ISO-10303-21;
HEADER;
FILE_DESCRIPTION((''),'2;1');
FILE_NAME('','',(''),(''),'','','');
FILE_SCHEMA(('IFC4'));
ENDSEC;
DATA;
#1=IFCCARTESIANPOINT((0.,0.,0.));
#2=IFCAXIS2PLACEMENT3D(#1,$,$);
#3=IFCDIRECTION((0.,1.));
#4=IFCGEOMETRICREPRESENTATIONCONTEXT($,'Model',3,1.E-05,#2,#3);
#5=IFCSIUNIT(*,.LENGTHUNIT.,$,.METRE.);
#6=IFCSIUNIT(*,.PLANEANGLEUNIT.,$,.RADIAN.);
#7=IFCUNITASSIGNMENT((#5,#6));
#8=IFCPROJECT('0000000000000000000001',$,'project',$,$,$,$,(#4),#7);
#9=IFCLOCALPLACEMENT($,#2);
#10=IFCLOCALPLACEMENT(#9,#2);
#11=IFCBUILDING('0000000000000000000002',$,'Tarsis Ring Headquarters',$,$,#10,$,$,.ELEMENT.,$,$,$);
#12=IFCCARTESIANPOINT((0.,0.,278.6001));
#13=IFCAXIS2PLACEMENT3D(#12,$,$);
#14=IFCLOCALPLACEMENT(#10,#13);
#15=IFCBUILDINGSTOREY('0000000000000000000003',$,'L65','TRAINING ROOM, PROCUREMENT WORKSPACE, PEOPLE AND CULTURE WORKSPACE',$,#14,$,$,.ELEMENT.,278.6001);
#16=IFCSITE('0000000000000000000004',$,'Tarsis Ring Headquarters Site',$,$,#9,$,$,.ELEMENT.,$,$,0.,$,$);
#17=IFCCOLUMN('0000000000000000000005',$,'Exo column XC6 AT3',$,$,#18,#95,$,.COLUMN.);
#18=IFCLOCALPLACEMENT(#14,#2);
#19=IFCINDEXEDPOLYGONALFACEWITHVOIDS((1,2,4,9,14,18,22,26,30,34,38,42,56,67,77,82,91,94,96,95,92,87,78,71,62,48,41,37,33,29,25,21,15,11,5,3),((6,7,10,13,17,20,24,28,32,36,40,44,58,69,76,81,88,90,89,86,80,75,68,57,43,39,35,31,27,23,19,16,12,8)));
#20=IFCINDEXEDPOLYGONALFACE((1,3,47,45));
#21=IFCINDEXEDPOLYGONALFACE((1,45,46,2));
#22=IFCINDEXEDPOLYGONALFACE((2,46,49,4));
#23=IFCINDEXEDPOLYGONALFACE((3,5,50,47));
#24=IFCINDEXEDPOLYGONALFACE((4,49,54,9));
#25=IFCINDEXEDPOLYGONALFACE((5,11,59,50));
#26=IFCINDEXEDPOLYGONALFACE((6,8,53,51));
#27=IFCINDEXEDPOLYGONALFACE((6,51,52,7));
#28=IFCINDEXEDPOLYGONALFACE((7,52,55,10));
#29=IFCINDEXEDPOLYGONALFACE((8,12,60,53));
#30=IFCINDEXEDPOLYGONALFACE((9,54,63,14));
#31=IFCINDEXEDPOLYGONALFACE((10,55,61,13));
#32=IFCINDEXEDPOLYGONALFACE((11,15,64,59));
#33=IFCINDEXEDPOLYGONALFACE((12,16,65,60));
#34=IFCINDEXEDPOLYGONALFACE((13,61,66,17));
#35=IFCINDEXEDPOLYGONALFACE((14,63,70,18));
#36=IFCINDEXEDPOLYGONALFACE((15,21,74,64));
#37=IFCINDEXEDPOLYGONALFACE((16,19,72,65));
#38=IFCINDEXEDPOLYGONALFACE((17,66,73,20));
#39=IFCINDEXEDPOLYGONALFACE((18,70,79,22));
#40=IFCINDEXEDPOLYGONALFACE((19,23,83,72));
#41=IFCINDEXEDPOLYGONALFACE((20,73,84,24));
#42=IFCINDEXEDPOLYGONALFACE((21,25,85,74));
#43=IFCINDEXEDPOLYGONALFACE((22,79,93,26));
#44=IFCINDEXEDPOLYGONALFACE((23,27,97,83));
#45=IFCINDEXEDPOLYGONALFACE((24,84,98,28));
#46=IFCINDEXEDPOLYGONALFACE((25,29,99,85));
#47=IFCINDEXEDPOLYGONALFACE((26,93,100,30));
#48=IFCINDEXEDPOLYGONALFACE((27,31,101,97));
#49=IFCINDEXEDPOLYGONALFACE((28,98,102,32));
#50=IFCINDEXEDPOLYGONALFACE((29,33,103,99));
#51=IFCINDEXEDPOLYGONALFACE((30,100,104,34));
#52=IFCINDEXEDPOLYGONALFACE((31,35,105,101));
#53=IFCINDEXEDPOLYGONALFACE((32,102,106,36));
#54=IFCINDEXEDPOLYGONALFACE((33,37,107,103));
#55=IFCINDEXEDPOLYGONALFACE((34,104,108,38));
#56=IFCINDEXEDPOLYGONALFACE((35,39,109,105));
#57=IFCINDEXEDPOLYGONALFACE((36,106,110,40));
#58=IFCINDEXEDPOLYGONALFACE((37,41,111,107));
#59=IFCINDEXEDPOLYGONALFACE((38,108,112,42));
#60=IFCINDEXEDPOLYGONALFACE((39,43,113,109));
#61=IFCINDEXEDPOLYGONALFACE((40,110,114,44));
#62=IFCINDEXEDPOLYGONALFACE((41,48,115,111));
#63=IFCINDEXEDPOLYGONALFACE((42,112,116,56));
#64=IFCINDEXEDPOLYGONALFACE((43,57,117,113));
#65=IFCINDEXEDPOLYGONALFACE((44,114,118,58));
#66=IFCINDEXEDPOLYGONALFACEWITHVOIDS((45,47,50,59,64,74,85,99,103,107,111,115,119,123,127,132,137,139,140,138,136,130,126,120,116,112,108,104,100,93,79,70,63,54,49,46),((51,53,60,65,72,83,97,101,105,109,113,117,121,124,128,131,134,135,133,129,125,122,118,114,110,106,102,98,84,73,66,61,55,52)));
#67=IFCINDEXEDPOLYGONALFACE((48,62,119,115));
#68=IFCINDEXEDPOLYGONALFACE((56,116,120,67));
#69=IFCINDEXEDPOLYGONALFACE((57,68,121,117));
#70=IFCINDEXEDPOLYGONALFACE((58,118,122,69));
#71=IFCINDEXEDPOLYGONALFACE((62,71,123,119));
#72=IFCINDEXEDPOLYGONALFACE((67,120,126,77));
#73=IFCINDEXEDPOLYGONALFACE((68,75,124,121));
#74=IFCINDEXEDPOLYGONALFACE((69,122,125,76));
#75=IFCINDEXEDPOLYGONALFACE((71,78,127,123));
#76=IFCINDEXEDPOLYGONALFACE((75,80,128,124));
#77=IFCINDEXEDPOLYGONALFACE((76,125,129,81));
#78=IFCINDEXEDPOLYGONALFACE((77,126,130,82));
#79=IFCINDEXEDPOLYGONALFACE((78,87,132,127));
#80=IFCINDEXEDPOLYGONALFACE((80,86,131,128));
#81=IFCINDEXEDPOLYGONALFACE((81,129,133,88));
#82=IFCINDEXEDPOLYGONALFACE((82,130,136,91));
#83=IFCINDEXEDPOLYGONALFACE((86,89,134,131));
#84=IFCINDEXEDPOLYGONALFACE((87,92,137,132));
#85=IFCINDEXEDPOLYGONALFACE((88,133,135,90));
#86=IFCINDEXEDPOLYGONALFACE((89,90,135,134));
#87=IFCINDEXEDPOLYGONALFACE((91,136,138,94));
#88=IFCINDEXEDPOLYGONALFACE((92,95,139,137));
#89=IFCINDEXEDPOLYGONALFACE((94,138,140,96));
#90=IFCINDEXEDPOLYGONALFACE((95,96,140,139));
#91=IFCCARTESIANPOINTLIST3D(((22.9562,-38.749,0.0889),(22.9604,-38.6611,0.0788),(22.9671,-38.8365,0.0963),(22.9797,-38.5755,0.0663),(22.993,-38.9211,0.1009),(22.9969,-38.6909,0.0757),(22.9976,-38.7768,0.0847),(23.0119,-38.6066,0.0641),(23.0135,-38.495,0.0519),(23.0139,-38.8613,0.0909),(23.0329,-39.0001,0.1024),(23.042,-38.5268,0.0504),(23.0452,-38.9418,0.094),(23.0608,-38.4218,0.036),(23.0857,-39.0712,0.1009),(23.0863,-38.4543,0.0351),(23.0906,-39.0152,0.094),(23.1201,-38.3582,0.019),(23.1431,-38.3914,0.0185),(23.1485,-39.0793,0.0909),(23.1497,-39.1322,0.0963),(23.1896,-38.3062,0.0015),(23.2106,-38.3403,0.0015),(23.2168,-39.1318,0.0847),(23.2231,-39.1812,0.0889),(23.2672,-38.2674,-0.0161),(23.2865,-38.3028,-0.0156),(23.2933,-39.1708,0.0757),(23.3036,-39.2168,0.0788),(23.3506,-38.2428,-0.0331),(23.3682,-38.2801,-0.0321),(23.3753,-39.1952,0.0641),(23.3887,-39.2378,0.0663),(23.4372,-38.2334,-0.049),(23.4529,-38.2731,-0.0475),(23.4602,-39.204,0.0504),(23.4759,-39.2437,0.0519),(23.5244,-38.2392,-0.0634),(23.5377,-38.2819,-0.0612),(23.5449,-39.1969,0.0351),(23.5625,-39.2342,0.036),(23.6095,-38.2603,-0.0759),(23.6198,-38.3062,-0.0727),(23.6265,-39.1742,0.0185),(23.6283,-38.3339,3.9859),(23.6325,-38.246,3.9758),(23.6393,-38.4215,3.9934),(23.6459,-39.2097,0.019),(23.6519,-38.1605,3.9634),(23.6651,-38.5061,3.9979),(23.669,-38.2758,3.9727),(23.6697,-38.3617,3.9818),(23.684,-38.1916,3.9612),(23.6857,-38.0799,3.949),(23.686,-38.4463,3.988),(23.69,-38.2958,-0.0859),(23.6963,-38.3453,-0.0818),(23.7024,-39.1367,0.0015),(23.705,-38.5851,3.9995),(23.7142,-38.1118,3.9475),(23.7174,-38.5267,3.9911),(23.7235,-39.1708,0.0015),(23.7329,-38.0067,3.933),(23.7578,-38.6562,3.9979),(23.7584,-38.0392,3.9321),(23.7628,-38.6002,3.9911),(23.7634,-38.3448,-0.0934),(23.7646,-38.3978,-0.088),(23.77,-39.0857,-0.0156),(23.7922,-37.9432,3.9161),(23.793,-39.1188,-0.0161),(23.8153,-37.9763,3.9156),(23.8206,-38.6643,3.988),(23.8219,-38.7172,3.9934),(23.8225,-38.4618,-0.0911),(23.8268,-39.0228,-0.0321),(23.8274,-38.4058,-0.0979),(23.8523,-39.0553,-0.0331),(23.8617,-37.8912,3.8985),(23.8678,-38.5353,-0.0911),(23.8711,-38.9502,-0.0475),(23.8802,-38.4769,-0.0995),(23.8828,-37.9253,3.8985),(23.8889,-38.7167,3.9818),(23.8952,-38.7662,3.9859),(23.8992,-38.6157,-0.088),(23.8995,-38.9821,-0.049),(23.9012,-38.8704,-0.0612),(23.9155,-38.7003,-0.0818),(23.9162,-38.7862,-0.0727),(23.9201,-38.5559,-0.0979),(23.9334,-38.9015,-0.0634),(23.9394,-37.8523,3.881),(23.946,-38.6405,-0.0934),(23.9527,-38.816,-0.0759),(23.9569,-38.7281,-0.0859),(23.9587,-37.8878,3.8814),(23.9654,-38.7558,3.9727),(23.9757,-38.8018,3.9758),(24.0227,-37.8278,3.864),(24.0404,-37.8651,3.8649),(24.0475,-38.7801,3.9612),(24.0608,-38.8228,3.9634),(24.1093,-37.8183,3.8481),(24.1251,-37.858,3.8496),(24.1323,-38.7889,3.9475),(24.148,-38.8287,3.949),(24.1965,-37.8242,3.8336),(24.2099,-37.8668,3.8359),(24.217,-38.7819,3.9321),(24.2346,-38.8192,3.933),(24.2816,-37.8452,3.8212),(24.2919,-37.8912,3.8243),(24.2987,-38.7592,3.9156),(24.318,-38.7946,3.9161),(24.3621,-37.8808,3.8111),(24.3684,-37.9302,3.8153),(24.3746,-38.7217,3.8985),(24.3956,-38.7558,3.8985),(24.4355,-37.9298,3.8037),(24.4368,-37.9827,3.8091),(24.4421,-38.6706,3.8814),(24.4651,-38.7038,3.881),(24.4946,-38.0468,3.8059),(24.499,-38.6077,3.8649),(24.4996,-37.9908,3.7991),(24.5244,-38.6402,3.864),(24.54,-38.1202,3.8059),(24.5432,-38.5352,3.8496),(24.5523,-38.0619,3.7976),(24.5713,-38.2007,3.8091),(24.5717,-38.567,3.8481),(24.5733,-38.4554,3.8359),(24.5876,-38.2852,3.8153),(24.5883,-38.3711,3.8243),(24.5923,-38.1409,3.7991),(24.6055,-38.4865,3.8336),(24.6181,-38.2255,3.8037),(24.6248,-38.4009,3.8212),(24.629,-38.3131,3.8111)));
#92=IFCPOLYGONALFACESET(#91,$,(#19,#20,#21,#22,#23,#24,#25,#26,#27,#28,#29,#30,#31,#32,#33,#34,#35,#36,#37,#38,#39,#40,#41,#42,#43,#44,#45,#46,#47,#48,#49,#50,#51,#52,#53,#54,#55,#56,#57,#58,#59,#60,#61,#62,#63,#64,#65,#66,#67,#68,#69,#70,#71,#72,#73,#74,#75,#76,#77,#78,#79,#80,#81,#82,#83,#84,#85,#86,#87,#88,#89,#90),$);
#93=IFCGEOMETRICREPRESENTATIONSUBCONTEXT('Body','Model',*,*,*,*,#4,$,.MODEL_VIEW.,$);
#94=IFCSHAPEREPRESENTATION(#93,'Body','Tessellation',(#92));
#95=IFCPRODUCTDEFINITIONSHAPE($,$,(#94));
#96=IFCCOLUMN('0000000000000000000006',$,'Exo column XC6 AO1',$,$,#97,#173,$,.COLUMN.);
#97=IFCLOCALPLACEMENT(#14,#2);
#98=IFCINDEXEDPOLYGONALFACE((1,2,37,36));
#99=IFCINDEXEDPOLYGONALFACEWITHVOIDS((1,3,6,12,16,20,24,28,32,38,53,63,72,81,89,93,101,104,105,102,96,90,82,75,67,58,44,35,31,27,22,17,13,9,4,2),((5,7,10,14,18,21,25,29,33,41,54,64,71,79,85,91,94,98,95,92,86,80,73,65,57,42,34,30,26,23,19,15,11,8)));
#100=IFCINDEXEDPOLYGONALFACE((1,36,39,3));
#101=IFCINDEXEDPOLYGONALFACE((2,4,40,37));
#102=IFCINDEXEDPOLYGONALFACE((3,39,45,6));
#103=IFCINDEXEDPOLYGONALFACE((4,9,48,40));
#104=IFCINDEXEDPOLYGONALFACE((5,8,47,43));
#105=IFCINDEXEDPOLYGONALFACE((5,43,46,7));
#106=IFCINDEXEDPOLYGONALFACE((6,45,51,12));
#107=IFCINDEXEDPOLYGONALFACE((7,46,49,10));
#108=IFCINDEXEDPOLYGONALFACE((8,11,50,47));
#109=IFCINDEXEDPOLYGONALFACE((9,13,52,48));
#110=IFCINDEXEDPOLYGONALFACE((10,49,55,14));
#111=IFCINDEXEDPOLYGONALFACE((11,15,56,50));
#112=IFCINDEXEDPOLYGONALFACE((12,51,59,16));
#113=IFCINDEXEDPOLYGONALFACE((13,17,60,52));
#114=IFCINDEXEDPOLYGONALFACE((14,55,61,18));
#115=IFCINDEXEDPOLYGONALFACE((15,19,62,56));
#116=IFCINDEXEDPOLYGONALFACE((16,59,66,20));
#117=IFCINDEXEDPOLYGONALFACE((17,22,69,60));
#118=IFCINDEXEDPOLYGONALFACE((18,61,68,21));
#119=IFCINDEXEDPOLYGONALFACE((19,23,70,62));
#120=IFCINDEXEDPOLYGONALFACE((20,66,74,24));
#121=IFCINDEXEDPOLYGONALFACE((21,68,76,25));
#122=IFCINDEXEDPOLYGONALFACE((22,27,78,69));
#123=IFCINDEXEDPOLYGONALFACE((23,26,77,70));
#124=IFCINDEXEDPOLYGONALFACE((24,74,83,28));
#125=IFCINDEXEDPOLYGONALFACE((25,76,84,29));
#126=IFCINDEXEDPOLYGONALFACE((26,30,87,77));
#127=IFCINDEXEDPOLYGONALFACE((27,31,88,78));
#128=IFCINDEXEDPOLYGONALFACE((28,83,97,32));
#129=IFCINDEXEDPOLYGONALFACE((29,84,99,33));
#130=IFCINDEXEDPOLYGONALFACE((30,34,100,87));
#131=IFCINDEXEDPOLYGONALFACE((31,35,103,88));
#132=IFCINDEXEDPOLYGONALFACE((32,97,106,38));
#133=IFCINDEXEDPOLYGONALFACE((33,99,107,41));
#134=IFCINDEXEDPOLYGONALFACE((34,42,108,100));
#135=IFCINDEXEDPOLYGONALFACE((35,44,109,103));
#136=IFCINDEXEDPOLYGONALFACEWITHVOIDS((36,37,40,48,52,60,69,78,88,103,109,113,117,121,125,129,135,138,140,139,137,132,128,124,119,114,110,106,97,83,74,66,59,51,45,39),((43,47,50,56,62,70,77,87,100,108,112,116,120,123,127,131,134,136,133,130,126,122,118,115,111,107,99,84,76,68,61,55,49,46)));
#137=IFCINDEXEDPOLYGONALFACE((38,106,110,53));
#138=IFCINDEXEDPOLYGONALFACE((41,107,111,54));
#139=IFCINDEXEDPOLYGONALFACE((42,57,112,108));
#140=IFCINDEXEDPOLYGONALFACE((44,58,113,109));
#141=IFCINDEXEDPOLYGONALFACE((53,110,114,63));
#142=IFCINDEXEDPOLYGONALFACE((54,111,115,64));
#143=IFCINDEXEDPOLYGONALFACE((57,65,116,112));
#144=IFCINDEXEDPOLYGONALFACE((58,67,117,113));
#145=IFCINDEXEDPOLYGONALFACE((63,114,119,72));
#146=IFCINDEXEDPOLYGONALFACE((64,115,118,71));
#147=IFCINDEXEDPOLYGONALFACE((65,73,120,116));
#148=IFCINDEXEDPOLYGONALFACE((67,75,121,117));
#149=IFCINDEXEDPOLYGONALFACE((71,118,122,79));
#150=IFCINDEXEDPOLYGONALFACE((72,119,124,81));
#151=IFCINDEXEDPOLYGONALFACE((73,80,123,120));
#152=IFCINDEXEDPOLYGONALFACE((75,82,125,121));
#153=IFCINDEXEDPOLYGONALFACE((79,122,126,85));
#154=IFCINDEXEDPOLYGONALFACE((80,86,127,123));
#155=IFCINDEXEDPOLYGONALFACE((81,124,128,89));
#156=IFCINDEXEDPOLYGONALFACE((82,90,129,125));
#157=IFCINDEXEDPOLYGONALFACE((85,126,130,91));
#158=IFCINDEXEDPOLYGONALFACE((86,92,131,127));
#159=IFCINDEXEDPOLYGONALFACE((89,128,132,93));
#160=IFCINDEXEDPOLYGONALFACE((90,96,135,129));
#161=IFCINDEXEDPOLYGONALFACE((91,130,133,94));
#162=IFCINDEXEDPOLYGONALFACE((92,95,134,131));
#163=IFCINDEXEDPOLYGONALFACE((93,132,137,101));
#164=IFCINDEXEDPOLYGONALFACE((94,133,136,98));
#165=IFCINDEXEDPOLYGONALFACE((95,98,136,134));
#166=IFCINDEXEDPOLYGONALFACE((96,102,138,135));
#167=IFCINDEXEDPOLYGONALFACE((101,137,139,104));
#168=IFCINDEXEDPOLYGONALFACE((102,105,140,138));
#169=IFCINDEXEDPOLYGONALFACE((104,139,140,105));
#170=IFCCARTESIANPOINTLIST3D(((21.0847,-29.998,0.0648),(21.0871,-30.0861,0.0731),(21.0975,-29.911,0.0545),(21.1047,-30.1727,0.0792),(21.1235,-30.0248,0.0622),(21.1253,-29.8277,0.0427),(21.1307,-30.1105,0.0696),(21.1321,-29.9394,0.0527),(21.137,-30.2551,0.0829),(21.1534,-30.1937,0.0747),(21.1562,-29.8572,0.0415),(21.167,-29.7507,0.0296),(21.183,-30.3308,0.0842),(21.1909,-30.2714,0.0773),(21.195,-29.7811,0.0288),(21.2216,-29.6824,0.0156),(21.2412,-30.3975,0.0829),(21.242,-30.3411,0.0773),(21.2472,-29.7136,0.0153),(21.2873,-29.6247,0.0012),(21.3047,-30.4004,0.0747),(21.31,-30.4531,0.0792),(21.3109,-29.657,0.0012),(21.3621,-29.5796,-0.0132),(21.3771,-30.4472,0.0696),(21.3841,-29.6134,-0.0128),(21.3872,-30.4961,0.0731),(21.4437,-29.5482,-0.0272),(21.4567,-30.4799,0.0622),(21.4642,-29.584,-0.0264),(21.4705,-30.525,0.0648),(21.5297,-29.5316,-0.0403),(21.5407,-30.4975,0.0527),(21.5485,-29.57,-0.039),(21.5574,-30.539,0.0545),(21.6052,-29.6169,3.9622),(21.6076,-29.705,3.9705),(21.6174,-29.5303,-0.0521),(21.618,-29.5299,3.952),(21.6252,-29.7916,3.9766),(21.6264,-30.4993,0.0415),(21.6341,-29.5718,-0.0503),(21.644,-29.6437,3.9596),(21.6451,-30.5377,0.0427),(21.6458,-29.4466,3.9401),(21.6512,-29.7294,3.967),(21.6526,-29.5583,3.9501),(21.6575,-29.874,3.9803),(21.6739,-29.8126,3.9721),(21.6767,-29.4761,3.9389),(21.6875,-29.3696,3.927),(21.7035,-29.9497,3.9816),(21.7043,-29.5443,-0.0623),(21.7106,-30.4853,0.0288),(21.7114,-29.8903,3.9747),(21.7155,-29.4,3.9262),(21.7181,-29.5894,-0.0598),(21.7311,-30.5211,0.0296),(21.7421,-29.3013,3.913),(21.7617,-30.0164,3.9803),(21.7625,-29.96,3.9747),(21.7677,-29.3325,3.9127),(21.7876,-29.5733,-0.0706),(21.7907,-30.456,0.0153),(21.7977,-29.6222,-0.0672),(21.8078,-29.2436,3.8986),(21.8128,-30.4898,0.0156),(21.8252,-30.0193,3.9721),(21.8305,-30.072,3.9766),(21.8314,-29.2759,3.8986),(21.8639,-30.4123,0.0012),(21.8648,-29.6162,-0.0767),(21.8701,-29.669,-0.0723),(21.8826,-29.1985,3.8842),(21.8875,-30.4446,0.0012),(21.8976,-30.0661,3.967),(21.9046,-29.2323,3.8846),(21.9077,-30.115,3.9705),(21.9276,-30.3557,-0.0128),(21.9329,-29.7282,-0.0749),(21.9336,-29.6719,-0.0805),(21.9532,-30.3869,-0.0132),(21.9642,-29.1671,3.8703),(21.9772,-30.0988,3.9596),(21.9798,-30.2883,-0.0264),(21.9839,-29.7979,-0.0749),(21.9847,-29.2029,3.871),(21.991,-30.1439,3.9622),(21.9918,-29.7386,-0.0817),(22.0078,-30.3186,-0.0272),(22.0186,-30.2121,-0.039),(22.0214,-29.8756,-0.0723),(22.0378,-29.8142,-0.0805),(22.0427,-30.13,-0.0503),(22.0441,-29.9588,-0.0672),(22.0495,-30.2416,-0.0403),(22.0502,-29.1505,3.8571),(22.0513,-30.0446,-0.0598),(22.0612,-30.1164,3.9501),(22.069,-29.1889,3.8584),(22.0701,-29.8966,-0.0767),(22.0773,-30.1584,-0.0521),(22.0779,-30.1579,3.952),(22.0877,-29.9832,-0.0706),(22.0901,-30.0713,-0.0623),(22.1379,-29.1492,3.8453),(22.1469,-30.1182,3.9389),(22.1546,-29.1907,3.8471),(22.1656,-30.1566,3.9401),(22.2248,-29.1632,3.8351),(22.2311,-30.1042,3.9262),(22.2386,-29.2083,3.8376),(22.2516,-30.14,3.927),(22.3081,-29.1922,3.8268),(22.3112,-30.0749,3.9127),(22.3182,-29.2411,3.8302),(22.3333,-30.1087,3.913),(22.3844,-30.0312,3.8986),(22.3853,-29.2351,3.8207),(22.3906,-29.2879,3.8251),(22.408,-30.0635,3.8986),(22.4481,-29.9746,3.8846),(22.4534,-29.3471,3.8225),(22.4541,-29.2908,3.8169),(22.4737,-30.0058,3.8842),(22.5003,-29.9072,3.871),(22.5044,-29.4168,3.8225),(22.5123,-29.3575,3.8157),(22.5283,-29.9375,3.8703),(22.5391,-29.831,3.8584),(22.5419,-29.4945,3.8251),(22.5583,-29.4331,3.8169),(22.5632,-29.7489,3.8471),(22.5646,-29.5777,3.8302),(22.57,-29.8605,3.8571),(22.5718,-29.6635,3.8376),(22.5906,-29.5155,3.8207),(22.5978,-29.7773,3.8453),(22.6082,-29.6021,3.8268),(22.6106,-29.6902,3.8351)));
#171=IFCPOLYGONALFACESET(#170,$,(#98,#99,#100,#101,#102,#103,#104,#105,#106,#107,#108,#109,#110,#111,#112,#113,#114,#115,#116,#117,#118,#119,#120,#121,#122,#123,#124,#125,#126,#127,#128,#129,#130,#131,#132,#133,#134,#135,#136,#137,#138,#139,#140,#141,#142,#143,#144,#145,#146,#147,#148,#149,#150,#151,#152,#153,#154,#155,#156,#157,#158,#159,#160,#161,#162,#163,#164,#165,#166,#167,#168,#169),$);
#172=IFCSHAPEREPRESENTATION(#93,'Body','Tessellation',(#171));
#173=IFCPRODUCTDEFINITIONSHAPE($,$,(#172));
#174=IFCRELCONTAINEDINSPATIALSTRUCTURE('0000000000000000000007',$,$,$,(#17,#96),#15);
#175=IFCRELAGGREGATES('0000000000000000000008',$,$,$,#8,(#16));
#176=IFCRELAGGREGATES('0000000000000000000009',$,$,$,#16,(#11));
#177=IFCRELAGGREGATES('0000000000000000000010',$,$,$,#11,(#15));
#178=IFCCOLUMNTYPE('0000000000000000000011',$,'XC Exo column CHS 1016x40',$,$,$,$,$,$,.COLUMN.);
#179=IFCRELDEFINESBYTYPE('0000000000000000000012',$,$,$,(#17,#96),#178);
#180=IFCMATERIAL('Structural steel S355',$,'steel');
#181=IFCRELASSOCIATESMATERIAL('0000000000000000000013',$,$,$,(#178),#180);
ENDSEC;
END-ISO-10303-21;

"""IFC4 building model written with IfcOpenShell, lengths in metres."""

from ifc_helpers import new_model, si_unit, direction, frame, origin, origin_2d, place, context, subcontext, project, spatial, hollow_circle, extrude, material, material_profile, profile_set, type_object, element, save


model = new_model("IFC4")

# Units and contexts
model_context = context("Model", 3, precision=1e-05, world=origin(), true_north=direction((0.0, 1.0)))
body_context = subcontext(model_context, "Body", "Model", "MODEL_VIEW")
ifc_project = project(units=[si_unit("LENGTHUNIT", "METRE"), si_unit("PLANEANGLEUNIT", "RADIAN")], contexts=[model_context])

# Site, building, storey
site_placement = place(None, origin())
site = spatial("IfcSite", under=ifc_project, at=site_placement, Name="Tarsis Ring Headquarters Site", CompositionType="ELEMENT", RefElevation=0.0)
building_placement = place(site_placement, origin())
building = spatial("IfcBuilding", under=site, at=building_placement, Name="Tarsis Ring Headquarters", CompositionType="ELEMENT")
storey_placement = place(building_placement, frame((0.0, 0.0, 278.6001)))
storey = spatial("IfcBuildingStorey", under=building, at=storey_placement, Name="L65", Description="TRAINING ROOM, PROCUREMENT WORKSPACE, PEOPLE AND CULTURE WORKSPACE", CompositionType="ELEMENT", Elevation=278.6001)

# Columns
ifc_material_1 = material(Name="Structural steel S355", Category="steel")
ifc_material_profile_1 = material_profile(ifc_material_1, hollow_circle(Radius=0.5081, WallThickness=0.04, at=origin_2d()), Name="CHS 1016x40")
ifc_profile_set_1 = profile_set([ifc_material_profile_1], Name="Structural steel S355")
column_type = type_object("IfcColumnType", Name="XC Exo column CHS 1016x40", PredefinedType="COLUMN", material=ifc_profile_set_1)
column_1_placement = place(storey_placement, frame((23.4565, -38.7385, 0.0015), z_axis=(0.169034, 0.10438, 0.980067), x_axis=(-0.525407, 0.850851, 0.0)))
element("IfcColumn", 1, at=column_1_placement, inside=storey, type_object=column_type, Name="Exo column XC6 AT3", PredefinedType="COLUMN", context=body_context, shape_type="SweptSolid", body=[
    extrude(hollow_circle(Radius=0.5081, WallThickness=0.04, at=origin_2d()), origin(), (0.0, 0.0, 1.0), 3.9763),
])
column_2_placement = place(storey_placement, frame((21.5874, -30.0347, 0.0012), z_axis=(0.131758, 0.09647, 0.986577), x_axis=(-0.590756, 0.80685, 0.0)))
element("IfcColumn", 2, at=column_2_placement, inside=storey, type_object=column_type, Name="Exo column XC6 AO1", PredefinedType="COLUMN", context=body_context, shape_type="SweptSolid", body=[
    extrude(hollow_circle(Radius=0.5081, WallThickness=0.04, at=origin_2d()), origin(), (0.0, 0.0, 1.0), 3.9504),
])

save(model, "model.ifc")
